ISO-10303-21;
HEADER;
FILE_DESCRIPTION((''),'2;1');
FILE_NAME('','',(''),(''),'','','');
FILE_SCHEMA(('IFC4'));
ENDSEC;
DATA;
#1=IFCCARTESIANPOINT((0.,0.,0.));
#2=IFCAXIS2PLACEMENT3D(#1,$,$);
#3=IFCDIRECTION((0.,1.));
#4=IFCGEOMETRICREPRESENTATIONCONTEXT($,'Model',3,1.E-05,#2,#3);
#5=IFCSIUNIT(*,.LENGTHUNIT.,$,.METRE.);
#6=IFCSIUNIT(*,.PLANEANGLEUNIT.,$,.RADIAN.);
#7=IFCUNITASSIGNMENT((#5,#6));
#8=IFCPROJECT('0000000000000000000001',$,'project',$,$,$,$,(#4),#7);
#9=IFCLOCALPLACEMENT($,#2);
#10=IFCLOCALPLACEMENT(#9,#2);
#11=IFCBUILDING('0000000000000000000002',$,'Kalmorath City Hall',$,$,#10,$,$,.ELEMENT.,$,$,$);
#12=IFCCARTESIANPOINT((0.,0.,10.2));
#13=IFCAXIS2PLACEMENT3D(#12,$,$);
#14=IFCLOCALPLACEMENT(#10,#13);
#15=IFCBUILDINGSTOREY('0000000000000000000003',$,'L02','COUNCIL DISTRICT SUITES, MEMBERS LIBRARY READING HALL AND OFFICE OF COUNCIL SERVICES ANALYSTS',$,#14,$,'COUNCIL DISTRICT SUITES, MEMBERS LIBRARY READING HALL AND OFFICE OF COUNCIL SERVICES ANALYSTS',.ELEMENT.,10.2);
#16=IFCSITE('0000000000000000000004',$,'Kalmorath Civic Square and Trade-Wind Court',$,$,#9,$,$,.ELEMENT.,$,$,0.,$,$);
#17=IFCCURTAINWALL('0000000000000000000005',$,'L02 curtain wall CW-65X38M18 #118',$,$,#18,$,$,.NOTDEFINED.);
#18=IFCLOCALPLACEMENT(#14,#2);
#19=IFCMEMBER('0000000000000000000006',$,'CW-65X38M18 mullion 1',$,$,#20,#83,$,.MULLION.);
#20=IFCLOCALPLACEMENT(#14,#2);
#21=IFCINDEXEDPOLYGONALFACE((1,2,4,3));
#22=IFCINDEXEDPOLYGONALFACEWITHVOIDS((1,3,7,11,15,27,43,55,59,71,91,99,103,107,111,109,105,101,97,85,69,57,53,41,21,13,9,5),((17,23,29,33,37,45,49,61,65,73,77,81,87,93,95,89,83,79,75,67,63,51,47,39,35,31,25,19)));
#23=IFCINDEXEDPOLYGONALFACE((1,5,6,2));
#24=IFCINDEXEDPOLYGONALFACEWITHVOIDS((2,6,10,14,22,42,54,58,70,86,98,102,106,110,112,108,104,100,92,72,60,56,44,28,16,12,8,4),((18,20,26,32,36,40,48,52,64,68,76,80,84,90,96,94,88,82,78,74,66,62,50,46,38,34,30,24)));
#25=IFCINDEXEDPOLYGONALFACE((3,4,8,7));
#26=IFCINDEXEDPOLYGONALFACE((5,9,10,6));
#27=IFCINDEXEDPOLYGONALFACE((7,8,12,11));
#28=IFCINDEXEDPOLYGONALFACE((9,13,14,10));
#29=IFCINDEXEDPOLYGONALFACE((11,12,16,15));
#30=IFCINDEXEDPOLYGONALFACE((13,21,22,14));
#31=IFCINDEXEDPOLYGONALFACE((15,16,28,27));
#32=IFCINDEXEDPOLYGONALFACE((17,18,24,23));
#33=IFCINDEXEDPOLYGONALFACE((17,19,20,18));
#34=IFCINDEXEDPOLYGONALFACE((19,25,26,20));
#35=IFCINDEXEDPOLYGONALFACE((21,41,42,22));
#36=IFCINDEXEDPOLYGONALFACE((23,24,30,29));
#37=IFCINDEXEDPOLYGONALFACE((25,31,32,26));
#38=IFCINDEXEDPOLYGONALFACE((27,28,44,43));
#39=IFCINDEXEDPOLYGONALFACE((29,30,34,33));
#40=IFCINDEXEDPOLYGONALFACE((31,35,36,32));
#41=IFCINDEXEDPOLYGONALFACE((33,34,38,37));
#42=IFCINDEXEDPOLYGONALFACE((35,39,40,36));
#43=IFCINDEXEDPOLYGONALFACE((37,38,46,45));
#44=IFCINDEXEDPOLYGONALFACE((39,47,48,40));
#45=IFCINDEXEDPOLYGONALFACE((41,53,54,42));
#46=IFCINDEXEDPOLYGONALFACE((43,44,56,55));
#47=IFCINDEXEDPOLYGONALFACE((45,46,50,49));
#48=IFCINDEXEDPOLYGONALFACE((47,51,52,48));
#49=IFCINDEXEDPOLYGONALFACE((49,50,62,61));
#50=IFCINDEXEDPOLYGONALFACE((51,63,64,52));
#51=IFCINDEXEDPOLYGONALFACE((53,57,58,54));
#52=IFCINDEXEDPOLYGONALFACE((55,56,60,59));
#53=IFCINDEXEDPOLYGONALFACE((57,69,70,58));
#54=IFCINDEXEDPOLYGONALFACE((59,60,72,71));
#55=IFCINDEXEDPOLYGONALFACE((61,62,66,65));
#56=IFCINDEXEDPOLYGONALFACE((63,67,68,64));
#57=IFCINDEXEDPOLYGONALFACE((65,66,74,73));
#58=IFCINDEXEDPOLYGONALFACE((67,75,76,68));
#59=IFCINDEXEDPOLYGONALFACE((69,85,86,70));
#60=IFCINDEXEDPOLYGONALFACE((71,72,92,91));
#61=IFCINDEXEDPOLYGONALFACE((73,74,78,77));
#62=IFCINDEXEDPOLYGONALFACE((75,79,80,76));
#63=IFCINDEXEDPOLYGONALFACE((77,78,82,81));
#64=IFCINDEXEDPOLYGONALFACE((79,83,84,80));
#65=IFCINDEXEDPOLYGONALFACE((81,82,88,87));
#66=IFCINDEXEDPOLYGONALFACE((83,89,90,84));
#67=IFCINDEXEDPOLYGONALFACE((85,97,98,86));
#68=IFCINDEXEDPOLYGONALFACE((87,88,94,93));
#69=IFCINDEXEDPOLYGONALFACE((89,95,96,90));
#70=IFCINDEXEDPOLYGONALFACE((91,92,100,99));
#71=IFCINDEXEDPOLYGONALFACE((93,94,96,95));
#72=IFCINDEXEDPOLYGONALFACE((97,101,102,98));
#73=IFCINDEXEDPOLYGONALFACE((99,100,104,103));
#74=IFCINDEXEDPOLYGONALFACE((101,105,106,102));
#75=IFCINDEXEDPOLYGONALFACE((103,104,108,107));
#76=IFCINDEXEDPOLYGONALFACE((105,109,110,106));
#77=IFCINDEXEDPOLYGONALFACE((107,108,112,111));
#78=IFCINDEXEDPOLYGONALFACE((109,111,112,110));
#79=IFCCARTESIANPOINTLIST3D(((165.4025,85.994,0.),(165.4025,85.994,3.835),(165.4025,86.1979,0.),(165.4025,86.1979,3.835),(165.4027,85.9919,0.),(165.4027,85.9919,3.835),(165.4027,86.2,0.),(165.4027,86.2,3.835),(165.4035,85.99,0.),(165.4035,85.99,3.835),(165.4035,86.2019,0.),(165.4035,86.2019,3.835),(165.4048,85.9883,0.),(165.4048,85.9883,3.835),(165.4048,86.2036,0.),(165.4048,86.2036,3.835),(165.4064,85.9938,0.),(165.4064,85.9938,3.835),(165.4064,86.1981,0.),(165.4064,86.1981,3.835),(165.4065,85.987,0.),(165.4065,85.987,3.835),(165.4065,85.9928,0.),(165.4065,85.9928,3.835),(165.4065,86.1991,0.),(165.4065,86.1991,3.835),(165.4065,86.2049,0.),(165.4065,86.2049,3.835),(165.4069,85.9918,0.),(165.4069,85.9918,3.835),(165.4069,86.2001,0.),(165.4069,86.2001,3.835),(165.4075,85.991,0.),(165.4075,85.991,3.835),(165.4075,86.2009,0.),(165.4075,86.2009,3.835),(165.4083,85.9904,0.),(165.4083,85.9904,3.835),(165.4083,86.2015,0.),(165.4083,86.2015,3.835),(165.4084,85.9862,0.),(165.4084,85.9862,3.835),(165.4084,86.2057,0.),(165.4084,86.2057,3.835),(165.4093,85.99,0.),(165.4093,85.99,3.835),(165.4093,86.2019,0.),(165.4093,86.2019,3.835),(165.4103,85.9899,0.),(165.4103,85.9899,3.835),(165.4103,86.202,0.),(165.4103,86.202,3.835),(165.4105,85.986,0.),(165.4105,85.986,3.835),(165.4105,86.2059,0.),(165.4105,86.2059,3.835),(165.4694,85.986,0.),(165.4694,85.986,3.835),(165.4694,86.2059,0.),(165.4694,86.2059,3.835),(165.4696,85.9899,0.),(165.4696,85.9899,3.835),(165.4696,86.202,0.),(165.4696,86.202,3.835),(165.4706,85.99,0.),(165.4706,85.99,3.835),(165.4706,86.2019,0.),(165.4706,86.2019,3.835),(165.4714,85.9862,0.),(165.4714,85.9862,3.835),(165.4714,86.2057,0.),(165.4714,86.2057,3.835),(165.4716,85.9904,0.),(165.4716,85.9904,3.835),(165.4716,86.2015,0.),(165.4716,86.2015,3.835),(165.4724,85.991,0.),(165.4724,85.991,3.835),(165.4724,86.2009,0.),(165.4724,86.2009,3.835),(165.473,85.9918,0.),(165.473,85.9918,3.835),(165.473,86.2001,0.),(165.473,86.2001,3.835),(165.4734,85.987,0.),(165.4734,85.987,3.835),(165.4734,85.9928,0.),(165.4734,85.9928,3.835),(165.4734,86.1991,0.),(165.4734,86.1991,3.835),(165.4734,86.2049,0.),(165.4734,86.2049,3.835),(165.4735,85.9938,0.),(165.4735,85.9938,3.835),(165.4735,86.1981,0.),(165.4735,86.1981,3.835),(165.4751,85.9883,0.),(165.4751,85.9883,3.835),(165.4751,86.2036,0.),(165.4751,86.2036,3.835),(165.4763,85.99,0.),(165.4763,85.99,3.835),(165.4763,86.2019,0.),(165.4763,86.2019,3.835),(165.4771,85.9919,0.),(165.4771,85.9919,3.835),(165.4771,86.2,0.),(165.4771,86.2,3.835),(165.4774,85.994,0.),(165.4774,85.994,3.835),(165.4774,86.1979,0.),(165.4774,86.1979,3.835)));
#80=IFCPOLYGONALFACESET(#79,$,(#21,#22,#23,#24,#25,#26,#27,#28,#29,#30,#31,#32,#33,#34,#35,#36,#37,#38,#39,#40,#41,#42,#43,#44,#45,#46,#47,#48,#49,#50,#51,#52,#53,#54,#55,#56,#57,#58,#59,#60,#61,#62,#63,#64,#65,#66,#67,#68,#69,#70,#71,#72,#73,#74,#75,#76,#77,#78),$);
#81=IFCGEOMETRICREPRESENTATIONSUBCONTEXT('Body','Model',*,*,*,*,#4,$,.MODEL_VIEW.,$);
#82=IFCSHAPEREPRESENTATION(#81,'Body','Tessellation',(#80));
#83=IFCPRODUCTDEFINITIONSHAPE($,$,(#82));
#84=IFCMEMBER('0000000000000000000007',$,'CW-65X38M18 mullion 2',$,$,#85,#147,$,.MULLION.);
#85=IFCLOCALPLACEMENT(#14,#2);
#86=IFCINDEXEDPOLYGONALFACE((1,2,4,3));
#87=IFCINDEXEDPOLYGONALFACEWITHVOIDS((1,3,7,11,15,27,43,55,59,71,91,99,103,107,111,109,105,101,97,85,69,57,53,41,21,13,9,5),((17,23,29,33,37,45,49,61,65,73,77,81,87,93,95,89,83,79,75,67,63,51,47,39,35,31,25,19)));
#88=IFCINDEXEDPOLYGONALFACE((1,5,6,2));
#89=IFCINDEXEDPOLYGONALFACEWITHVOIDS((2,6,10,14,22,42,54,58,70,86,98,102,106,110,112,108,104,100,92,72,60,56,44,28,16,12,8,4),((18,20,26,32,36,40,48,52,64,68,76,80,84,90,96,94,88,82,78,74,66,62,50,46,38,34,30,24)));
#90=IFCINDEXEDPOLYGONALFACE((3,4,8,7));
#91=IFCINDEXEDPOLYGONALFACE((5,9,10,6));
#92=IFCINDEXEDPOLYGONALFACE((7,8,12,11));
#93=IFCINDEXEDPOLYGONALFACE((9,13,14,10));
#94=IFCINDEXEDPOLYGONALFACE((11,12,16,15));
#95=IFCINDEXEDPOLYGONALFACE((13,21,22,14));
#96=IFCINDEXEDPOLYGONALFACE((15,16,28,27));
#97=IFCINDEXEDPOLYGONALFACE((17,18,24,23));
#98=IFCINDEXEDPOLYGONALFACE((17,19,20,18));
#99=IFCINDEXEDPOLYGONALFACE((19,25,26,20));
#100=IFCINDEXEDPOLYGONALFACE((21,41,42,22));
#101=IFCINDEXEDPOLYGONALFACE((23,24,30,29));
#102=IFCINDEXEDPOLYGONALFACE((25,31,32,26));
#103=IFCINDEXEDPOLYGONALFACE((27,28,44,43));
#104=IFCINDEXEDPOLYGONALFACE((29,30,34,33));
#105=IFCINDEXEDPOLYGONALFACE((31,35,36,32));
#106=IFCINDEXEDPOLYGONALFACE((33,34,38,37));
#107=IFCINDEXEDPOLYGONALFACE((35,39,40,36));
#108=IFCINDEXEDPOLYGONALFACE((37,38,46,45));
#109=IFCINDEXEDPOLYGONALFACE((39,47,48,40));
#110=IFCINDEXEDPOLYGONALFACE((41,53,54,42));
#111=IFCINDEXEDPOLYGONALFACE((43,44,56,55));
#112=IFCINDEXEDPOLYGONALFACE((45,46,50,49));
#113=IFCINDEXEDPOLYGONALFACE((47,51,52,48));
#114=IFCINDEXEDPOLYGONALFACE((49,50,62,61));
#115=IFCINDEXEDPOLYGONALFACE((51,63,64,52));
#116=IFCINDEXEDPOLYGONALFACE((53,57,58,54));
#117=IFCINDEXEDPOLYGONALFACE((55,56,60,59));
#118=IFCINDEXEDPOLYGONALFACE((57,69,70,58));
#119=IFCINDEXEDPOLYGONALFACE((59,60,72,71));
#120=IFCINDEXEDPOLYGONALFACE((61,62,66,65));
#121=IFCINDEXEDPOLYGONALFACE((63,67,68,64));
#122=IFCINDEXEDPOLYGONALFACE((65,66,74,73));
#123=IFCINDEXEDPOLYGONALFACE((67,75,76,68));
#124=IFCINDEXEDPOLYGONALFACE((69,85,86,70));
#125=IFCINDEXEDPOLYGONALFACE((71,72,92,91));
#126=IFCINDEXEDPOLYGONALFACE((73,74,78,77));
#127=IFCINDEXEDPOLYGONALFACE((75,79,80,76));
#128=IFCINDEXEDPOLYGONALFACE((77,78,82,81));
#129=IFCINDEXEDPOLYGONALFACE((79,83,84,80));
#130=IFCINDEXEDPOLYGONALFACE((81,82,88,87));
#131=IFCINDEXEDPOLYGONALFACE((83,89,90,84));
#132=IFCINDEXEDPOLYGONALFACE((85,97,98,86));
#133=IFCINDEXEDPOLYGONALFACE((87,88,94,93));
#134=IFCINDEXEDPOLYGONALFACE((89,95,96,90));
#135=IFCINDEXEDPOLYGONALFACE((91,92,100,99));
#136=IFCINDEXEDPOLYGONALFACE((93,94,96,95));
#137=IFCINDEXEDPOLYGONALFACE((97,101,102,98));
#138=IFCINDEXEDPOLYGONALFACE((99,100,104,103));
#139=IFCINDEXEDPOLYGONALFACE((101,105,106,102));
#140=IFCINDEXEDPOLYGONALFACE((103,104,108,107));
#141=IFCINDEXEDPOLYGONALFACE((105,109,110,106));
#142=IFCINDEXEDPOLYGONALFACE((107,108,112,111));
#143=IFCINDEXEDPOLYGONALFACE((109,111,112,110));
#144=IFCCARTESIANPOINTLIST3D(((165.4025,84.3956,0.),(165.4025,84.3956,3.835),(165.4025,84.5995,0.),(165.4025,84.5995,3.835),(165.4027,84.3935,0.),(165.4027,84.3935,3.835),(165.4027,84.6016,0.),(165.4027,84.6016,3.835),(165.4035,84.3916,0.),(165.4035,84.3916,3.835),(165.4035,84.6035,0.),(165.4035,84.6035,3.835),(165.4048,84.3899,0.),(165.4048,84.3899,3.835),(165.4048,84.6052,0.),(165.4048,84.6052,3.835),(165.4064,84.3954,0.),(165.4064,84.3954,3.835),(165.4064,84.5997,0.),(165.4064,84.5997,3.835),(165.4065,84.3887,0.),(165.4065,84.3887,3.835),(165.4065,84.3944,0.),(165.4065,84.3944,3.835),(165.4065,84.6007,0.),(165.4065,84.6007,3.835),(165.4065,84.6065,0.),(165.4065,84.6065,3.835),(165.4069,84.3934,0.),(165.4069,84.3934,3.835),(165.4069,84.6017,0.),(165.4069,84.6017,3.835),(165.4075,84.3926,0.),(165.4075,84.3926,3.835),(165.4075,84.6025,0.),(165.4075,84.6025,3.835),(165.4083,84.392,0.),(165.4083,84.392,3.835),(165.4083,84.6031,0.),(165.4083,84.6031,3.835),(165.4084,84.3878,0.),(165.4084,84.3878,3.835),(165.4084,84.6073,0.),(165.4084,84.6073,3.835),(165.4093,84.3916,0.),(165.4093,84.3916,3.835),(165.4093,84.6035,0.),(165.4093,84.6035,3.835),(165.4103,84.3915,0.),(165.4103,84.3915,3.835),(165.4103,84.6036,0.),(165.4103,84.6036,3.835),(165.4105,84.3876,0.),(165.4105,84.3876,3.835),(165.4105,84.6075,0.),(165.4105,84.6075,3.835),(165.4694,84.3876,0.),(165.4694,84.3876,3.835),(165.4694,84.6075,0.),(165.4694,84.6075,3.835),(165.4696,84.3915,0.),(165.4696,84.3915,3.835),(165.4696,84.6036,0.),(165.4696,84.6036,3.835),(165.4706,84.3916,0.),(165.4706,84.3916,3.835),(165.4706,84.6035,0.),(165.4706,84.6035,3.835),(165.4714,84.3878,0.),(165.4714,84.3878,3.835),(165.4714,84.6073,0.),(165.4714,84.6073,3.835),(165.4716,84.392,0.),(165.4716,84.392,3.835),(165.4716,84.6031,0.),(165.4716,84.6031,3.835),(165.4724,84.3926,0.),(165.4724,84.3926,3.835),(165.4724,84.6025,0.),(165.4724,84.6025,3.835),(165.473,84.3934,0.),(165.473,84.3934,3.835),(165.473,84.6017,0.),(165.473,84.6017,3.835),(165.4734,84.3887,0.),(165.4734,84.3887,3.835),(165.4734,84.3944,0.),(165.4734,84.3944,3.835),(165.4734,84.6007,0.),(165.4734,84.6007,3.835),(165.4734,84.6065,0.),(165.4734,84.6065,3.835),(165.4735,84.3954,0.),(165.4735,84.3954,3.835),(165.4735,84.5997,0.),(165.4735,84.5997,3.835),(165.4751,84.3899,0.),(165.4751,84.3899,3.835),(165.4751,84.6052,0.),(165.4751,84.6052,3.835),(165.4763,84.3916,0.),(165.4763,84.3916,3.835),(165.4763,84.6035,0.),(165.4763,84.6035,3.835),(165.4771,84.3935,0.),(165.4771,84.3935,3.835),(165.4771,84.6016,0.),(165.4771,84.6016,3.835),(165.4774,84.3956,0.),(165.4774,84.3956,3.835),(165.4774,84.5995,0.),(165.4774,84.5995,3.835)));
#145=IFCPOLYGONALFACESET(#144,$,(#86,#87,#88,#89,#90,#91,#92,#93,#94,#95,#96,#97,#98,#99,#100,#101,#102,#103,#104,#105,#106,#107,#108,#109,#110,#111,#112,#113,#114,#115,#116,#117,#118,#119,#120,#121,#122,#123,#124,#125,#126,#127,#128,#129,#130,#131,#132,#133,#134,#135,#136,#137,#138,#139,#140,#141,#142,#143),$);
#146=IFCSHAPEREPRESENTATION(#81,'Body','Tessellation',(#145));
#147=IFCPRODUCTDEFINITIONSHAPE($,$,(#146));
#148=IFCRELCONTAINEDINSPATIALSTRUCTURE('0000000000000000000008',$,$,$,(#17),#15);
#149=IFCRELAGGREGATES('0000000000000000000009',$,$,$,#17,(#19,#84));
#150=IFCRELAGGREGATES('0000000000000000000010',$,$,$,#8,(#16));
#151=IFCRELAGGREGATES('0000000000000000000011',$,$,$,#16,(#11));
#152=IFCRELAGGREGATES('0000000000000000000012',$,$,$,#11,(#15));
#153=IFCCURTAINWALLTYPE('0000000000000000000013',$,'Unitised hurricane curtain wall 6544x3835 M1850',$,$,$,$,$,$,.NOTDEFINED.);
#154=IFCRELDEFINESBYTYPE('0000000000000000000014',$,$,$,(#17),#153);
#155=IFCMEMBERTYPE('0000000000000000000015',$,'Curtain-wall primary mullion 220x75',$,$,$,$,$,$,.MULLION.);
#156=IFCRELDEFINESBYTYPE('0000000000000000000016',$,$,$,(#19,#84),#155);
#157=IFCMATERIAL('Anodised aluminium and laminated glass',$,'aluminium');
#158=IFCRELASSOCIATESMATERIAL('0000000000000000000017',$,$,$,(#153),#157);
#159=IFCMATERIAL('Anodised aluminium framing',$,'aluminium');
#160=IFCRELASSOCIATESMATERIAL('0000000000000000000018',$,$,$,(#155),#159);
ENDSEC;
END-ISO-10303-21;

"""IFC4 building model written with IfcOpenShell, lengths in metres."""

from ifc_helpers import new_model, si_unit, direction, frame, origin, origin_2d, place, context, subcontext, project, spatial, hollow_rectangle, extrude, material, material_profile, profile_set, type_object, element, aggregate, save


model = new_model("IFC4")

# Units and contexts
model_context = context("Model", 3, precision=1e-05, world=origin(), true_north=direction((0.0, 1.0)))
body_context = subcontext(model_context, "Body", "Model", "MODEL_VIEW")
ifc_project = project(units=[si_unit("LENGTHUNIT", "METRE"), si_unit("PLANEANGLEUNIT", "RADIAN")], contexts=[model_context])

# Site, building, storey
site_placement = place(None, origin())
site = spatial("IfcSite", under=ifc_project, at=site_placement, Name="Kalmorath Civic Square and Trade-Wind Court", CompositionType="ELEMENT", RefElevation=0.0)
building_placement = place(site_placement, origin())
building = spatial("IfcBuilding", under=site, at=building_placement, Name="Kalmorath City Hall", CompositionType="ELEMENT")
storey_placement = place(building_placement, frame((0.0, 0.0, 10.2)))
storey = spatial("IfcBuildingStorey", under=building, at=storey_placement, Name="L02", Description="COUNCIL DISTRICT SUITES, MEMBERS LIBRARY READING HALL AND OFFICE OF COUNCIL SERVICES ANALYSTS", LongName="COUNCIL DISTRICT SUITES, MEMBERS LIBRARY READING HALL AND OFFICE OF COUNCIL SERVICES ANALYSTS", CompositionType="ELEMENT", Elevation=10.2)

# Curtain wall, members
ifc_material_1 = material(Name="Anodised aluminium and laminated glass", Category="aluminium")
curtain_wall_type = type_object("IfcCurtainWallType", Name="Unitised hurricane curtain wall 6544x3835 M1850", PredefinedType="NOTDEFINED", material=ifc_material_1)
curtain_wall_placement = place(storey_placement, origin())
curtain_wall = element("IfcCurtainWall", 1, at=curtain_wall_placement, inside=storey, type_object=curtain_wall_type, Name="L02 curtain wall CW-65X38M18 #118", PredefinedType="NOTDEFINED")
ifc_material_2 = material(Name="Anodised aluminium framing", Category="aluminium")
ifc_material_profile_1 = material_profile(ifc_material_2, hollow_rectangle(XDim=0.075, YDim=0.22, WallThickness=0.0039, InnerFilletRadius=0.0039, OuterFilletRadius=0.0081, at=origin_2d()), Name="ALU-MUL-220X75X4")
ifc_profile_set_1 = profile_set([ifc_material_profile_1], Name="Anodised aluminium framing")
member_type_1 = type_object("IfcMemberType", Name="Curtain-wall primary mullion 220x75", PredefinedType="MULLION", material=ifc_profile_set_1)
member_1_placement = place(storey_placement, frame((165.4399, 86.0959, 0.0), z_axis=(0.0, 0.0, 1.0), x_axis=(1.0, 0.0, 0.0)))
member_1 = element("IfcMember", 2, at=member_1_placement, type_object=member_type_1, Name="CW-65X38M18 mullion 1", PredefinedType="MULLION", context=body_context, shape_type="SweptSolid", body=[
    extrude(hollow_rectangle(XDim=0.075, YDim=0.22, WallThickness=0.0039, InnerFilletRadius=0.0039, OuterFilletRadius=0.0081, at=origin_2d()), origin(), (0.0, 0.0, 1.0), 3.835),
])
member_2_placement = place(storey_placement, frame((165.4399, 84.4976, 0.0), z_axis=(0.0, 0.0, 1.0), x_axis=(1.0, 0.0, 0.0)))
member_2 = element("IfcMember", 3, at=member_2_placement, type_object=member_type_1, Name="CW-65X38M18 mullion 2", PredefinedType="MULLION", context=body_context, shape_type="SweptSolid", body=[
    extrude(hollow_rectangle(XDim=0.075, YDim=0.22, WallThickness=0.0039, InnerFilletRadius=0.0039, OuterFilletRadius=0.0081, at=origin_2d()), origin(), (0.0, 0.0, 1.0), 3.835),
])

aggregate(curtain_wall, [member_1, member_2])

save(model, "model.ifc")
